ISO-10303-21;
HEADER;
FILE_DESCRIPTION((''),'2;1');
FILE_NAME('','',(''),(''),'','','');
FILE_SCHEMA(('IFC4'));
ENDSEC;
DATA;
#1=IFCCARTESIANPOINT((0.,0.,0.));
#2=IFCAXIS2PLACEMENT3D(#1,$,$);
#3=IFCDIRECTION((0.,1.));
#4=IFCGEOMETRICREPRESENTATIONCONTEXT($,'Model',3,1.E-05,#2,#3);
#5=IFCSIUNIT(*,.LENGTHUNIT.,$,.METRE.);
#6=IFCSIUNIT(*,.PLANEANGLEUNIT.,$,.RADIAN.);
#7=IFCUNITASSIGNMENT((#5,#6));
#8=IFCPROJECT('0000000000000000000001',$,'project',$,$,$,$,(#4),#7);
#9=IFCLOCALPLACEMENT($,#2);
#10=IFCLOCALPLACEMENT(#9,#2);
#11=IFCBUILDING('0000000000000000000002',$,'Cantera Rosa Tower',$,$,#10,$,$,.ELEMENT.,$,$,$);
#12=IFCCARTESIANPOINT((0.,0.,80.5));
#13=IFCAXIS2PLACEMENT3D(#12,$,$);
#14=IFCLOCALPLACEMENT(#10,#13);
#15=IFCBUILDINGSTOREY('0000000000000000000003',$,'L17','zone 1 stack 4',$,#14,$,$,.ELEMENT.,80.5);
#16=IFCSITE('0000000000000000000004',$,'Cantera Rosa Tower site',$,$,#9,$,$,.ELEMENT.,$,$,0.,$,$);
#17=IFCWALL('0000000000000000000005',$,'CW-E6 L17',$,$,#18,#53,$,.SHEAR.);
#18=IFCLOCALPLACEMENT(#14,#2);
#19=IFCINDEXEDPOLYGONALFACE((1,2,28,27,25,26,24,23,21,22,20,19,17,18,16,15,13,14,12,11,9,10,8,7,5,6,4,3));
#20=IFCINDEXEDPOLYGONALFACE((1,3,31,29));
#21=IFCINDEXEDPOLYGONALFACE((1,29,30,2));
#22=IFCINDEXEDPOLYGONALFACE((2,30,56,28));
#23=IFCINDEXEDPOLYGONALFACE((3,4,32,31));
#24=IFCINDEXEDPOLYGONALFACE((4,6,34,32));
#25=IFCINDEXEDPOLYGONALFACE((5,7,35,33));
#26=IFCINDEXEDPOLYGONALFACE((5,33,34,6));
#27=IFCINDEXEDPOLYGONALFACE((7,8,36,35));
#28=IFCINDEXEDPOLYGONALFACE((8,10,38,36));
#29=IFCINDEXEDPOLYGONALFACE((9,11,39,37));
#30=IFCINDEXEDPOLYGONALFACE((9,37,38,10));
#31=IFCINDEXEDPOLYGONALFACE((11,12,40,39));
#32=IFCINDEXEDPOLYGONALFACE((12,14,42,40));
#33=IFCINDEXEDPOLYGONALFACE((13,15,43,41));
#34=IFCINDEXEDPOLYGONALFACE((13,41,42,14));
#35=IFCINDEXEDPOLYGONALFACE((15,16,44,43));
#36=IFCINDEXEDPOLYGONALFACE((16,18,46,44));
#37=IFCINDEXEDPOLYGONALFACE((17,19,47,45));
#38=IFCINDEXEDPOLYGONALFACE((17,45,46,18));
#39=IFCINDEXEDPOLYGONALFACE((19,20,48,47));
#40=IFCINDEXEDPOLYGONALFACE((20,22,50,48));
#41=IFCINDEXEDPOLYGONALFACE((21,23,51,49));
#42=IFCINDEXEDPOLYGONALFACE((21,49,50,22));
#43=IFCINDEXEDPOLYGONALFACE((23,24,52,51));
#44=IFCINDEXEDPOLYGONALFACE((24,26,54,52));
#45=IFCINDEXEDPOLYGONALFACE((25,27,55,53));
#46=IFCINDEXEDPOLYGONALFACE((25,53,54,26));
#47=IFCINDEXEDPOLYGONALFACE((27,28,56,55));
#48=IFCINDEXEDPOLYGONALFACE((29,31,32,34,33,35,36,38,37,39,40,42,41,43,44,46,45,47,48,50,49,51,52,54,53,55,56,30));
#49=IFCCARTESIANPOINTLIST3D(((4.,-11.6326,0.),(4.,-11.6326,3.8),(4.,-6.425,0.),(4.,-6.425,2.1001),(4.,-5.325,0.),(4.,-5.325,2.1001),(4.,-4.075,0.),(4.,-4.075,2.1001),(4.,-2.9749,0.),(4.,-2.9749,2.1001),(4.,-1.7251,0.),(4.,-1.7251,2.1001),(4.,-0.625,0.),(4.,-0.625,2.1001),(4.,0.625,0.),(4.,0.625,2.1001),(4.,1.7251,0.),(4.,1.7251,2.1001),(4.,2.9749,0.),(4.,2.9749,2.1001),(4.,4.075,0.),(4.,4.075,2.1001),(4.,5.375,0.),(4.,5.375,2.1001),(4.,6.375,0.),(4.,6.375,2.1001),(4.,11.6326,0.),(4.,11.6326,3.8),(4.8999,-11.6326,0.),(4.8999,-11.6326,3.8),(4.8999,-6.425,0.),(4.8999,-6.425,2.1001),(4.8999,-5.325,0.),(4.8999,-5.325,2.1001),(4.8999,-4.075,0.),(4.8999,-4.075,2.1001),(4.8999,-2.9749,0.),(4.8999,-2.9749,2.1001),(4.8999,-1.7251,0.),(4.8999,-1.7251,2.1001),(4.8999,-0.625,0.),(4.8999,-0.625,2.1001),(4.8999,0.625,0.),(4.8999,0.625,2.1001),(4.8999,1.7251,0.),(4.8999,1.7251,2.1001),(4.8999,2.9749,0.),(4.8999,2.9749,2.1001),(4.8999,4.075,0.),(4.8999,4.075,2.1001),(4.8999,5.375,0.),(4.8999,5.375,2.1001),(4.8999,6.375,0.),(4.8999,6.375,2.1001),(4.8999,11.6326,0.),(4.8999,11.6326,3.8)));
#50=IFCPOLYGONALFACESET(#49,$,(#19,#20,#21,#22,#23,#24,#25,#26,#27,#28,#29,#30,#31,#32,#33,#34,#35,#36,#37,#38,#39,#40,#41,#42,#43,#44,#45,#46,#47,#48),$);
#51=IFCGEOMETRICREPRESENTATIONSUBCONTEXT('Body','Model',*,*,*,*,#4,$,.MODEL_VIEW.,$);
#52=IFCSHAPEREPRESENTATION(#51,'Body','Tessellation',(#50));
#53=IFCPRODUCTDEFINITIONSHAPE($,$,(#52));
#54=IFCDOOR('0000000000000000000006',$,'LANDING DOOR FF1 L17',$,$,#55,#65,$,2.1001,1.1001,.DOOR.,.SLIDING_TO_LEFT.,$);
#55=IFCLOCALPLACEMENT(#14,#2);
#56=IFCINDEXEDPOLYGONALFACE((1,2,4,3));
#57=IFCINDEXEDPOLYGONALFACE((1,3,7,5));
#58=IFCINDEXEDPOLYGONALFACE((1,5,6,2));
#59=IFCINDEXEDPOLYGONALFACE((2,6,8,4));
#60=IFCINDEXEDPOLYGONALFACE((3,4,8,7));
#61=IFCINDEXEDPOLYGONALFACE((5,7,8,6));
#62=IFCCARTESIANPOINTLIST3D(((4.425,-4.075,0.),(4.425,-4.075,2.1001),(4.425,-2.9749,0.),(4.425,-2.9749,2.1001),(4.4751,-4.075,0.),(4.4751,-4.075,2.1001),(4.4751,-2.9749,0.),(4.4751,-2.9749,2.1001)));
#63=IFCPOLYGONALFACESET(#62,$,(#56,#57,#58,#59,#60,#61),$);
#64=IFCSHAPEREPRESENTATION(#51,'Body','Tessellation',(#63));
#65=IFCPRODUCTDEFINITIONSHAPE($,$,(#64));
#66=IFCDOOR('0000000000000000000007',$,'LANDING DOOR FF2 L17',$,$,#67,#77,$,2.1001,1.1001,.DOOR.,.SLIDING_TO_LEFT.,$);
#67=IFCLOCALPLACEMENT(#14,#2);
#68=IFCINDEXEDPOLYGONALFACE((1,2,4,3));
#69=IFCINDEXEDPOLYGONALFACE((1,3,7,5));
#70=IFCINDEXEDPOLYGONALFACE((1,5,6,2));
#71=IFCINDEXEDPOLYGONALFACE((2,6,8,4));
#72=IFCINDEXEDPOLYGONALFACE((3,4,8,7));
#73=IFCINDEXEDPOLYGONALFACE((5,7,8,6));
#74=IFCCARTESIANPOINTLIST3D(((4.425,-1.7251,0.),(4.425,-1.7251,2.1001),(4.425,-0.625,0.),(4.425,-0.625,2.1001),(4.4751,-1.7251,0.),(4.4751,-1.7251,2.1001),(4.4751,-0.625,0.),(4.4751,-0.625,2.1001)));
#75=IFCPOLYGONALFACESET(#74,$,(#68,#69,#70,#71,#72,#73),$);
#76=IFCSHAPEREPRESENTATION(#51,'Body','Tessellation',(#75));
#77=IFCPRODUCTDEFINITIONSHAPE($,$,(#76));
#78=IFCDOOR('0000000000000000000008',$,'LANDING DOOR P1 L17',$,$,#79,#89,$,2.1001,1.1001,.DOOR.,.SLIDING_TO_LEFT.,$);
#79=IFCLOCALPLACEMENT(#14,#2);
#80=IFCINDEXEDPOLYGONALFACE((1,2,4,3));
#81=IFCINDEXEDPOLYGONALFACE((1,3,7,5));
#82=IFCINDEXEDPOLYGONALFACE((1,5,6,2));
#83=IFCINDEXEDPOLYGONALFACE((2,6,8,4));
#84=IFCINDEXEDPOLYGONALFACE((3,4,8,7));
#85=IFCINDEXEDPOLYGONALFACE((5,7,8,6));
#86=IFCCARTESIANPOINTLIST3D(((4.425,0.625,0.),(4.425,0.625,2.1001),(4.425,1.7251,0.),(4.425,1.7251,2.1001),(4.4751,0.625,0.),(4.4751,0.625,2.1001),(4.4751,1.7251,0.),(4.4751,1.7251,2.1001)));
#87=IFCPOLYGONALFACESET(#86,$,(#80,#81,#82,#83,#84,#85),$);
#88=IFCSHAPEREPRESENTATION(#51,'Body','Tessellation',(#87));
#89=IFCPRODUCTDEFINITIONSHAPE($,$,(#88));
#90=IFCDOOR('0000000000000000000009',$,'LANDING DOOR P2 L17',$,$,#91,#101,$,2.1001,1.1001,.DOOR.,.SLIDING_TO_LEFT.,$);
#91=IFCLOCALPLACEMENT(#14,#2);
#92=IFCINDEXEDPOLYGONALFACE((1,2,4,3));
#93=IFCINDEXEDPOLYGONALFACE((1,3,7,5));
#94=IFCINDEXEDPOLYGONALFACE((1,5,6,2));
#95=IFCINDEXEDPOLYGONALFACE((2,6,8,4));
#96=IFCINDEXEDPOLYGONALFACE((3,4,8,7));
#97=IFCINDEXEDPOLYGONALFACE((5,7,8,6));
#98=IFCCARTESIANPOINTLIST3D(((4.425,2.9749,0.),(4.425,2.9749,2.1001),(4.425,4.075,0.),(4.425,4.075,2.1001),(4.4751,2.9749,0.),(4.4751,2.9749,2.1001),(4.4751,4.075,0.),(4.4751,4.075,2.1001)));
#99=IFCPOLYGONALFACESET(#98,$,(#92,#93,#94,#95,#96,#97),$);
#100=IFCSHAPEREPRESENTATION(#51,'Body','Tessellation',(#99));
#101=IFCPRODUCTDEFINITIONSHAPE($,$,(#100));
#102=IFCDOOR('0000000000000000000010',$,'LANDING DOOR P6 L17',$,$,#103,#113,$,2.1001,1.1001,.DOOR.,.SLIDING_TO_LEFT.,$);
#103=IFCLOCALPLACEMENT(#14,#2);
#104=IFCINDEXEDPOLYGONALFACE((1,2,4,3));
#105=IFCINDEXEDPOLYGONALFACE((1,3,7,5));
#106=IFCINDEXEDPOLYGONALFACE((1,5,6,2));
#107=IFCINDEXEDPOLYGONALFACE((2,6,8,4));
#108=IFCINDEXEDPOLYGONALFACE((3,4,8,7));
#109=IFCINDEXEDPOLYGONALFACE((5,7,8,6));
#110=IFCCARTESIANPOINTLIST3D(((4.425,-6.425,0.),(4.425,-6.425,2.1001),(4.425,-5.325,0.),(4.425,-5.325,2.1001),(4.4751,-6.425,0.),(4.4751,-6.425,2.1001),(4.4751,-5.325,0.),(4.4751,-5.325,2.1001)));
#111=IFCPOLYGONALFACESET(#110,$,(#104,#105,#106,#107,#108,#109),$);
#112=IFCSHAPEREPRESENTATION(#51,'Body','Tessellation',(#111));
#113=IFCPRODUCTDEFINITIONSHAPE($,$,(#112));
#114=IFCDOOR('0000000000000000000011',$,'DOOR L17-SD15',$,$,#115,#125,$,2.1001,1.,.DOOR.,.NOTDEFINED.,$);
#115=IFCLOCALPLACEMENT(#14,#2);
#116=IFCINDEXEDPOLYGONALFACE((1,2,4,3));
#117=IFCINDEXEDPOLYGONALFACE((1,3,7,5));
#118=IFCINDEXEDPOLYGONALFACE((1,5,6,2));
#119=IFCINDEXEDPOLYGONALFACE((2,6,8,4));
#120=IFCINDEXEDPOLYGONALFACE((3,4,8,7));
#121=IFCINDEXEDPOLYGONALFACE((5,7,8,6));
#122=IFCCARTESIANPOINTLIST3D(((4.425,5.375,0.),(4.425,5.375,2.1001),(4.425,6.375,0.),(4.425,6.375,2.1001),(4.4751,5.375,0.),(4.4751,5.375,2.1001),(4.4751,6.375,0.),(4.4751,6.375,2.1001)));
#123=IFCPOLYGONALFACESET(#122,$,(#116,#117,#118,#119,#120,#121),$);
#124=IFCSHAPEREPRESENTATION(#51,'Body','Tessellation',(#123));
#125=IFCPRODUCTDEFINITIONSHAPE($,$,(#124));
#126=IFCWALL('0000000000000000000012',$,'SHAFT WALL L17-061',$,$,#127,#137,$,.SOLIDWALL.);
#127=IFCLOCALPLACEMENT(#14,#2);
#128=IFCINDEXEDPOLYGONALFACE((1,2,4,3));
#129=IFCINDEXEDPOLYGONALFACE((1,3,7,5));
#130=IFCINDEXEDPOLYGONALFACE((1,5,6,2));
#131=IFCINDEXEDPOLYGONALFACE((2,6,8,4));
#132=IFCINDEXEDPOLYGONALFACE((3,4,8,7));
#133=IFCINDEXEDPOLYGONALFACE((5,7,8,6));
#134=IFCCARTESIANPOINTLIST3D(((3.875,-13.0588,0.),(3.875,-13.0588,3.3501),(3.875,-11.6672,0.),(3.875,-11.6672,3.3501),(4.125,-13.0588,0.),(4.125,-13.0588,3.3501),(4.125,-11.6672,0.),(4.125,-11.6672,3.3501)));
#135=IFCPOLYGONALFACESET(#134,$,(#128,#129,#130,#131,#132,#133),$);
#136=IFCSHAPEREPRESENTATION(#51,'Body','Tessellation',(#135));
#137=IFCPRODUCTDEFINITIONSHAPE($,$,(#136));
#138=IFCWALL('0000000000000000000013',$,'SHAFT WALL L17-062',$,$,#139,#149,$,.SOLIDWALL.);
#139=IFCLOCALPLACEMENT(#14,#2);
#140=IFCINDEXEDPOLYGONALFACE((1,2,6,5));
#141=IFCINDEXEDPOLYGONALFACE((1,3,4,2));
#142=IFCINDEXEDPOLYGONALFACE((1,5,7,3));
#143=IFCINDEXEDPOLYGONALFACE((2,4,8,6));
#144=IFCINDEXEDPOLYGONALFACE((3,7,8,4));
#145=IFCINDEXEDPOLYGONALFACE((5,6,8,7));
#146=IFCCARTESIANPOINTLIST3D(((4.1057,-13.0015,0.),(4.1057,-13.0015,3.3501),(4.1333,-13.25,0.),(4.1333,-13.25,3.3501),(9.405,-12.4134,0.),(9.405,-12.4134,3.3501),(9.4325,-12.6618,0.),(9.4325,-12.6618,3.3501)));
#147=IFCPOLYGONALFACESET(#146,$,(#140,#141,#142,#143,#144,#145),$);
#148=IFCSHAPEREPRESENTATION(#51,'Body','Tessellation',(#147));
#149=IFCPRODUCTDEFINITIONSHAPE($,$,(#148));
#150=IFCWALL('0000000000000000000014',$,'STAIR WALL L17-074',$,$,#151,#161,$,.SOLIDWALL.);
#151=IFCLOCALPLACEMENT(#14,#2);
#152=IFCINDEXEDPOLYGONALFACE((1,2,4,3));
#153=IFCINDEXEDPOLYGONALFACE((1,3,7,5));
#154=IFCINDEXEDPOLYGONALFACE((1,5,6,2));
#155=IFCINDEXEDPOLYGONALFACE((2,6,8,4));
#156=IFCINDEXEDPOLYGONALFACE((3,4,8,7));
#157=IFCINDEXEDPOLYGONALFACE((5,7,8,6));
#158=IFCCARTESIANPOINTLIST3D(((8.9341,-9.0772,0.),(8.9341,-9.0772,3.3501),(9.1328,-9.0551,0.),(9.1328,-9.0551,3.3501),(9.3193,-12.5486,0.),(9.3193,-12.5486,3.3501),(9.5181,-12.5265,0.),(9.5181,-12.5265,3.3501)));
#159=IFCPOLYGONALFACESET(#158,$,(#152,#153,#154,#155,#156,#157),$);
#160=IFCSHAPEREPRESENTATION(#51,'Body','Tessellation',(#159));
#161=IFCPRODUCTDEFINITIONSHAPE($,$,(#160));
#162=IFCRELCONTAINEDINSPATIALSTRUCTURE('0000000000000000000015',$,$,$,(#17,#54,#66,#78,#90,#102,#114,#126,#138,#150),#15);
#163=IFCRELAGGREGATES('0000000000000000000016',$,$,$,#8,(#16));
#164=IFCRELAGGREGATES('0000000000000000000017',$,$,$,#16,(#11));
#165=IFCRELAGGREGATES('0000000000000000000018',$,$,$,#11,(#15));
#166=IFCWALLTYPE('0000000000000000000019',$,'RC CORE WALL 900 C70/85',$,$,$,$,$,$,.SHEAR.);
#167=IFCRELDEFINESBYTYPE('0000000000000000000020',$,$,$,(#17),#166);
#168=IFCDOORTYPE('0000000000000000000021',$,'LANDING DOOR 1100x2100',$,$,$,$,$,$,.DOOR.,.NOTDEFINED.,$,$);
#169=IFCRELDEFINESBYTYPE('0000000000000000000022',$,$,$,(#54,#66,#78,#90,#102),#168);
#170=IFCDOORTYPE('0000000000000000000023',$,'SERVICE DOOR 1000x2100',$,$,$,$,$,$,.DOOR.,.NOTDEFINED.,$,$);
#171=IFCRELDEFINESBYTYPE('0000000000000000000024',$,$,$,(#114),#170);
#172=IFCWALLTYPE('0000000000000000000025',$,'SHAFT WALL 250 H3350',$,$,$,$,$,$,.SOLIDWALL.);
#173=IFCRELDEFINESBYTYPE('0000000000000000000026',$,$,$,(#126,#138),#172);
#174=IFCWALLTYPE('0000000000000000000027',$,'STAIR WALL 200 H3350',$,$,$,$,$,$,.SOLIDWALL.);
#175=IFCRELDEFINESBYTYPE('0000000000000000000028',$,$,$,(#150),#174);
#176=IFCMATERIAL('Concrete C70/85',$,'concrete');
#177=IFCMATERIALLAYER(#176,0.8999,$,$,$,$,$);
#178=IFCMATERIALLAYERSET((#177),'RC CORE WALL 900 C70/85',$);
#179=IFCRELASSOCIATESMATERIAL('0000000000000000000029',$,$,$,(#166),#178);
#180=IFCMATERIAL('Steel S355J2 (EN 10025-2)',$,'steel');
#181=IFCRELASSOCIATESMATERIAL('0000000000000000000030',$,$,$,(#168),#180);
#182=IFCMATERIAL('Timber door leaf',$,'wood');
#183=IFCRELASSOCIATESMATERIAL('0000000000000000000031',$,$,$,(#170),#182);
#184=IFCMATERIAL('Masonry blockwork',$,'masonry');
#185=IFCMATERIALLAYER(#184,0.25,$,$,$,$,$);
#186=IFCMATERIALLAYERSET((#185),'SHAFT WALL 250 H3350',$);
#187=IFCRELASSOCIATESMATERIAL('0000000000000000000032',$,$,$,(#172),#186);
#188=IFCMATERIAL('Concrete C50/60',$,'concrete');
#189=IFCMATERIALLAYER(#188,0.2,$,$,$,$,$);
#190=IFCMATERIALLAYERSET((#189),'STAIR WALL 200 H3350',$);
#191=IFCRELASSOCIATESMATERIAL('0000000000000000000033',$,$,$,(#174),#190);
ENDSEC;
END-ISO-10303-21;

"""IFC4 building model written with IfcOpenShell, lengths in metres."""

from ifc_helpers import new_model, si_unit, direction, frame, frame_2d, origin, place, context, subcontext, project, spatial, rectangle, extrude, material, layer, layer_set, type_object, element, fill, save


model = new_model("IFC4")

# Units and contexts
model_context = context("Model", 3, precision=1e-05, world=origin(), true_north=direction((0.0, 1.0)))
body_context = subcontext(model_context, "Body", "Model", "MODEL_VIEW")
ifc_project = project(units=[si_unit("LENGTHUNIT", "METRE"), si_unit("PLANEANGLEUNIT", "RADIAN")], contexts=[model_context])

# Site, building, storey
site_placement = place(None, origin())
site = spatial("IfcSite", under=ifc_project, at=site_placement, Name="Cantera Rosa Tower site", CompositionType="ELEMENT", RefElevation=0.0)
building_placement = place(site_placement, origin())
building = spatial("IfcBuilding", under=site, at=building_placement, Name="Cantera Rosa Tower", CompositionType="ELEMENT")
storey_placement = place(building_placement, frame((0.0, 0.0, 80.5)))
storey = spatial("IfcBuildingStorey", under=building, at=storey_placement, Name="L17", Description="zone 1 stack 4", CompositionType="ELEMENT", Elevation=80.5)

# Wall, openings, doors
ifc_material_1 = material(Name="Concrete C70/85", Category="concrete")
ifc_layer_1 = layer(ifc_material_1, 0.8999)
ifc_layer_set_1 = layer_set([ifc_layer_1], Name="RC CORE WALL 900 C70/85")
wall_type_1 = type_object("IfcWallType", Name="RC CORE WALL 900 C70/85", PredefinedType="SHEAR", material=ifc_layer_set_1)
wall_1_placement = place(storey_placement, frame((4.45, -11.6326, 0.0), z_axis=(0.0, 0.0, 1.0), x_axis=(0.0, 1.0, 0.0)))
wall_1 = element("IfcWall", 1, at=wall_1_placement, inside=storey, type_object=wall_type_1, Name="CW-E6 L17", PredefinedType="SHEAR", context=body_context, shape_type="SweptSolid", body=[
    extrude(rectangle(XDim=23.2651, YDim=0.8999, at=frame_2d((11.6326, 0.0))), origin(), (0.0, 0.0, 1.0), 3.8),
])
opening_1_placement = place(wall_1_placement, frame((7.5576, 0.0, 0.0)))
opening_1 = element("IfcOpeningElement", 2, at=opening_1_placement, cuts=wall_1, PredefinedType="OPENING", context=body_context, shape_type="SweptSolid", body=[
    extrude(rectangle(XDim=1.1001, YDim=2.1001, at=frame_2d((0.55, 1.05))), frame((0.0, 0.46, 0.0), z_axis=(0.0, -1.0, 0.0), x_axis=(1.0, 0.0, 0.0)), (0.0, 0.0, 1.0), 0.9199),
])
opening_2_placement = place(wall_1_placement, frame((9.9075, 0.0, 0.0)))
opening_2 = element("IfcOpeningElement", 3, at=opening_2_placement, cuts=wall_1, PredefinedType="OPENING", context=body_context, shape_type="SweptSolid", body=[
    extrude(rectangle(XDim=1.1001, YDim=2.1001, at=frame_2d((0.55, 1.05))), frame((0.0, 0.46, 0.0), z_axis=(0.0, -1.0, 0.0), x_axis=(1.0, 0.0, 0.0)), (0.0, 0.0, 1.0), 0.9199),
])
opening_3_placement = place(wall_1_placement, frame((12.2576, 0.0, 0.0)))
opening_3 = element("IfcOpeningElement", 4, at=opening_3_placement, cuts=wall_1, PredefinedType="OPENING", context=body_context, shape_type="SweptSolid", body=[
    extrude(rectangle(XDim=1.1001, YDim=2.1001, at=frame_2d((0.55, 1.05))), frame((0.0, 0.46, 0.0), z_axis=(0.0, -1.0, 0.0), x_axis=(1.0, 0.0, 0.0)), (0.0, 0.0, 1.0), 0.9199),
])
opening_4_placement = place(wall_1_placement, frame((14.6074, 0.0, 0.0)))
opening_4 = element("IfcOpeningElement", 5, at=opening_4_placement, cuts=wall_1, PredefinedType="OPENING", context=body_context, shape_type="SweptSolid", body=[
    extrude(rectangle(XDim=1.1001, YDim=2.1001, at=frame_2d((0.55, 1.05))), frame((0.0, 0.46, 0.0), z_axis=(0.0, -1.0, 0.0), x_axis=(1.0, 0.0, 0.0)), (0.0, 0.0, 1.0), 0.9199),
])
opening_5_placement = place(wall_1_placement, frame((5.2075, 0.0, 0.0)))
opening_5 = element("IfcOpeningElement", 6, at=opening_5_placement, cuts=wall_1, PredefinedType="OPENING", context=body_context, shape_type="SweptSolid", body=[
    extrude(rectangle(XDim=1.1001, YDim=2.1001, at=frame_2d((0.55, 1.05))), frame((0.0, 0.46, 0.0), z_axis=(0.0, -1.0, 0.0), x_axis=(1.0, 0.0, 0.0)), (0.0, 0.0, 1.0), 0.9199),
])
opening_6_placement = place(wall_1_placement, frame((17.0076, 0.0, 0.0)))
opening_6 = element("IfcOpeningElement", 7, at=opening_6_placement, cuts=wall_1, PredefinedType="OPENING", context=body_context, shape_type="SweptSolid", body=[
    extrude(rectangle(XDim=1.0, YDim=2.1001, at=frame_2d((0.5, 1.05))), frame((0.0, 0.46, 0.0), z_axis=(0.0, -1.0, 0.0), x_axis=(1.0, 0.0, 0.0)), (0.0, 0.0, 1.0), 0.9199),
])
ifc_material_2 = material(Name="Steel S355J2 (EN 10025-2)", Category="steel")
door_type_1 = type_object("IfcDoorType", Name="LANDING DOOR 1100x2100", OperationType="NOTDEFINED", PredefinedType="DOOR", material=ifc_material_2)
door_1_placement = place(opening_1_placement, origin())
door_1 = element("IfcDoor", 8, at=door_1_placement, inside=storey, type_object=door_type_1, Name="LANDING DOOR FF1 L17", OperationType="SLIDING_TO_LEFT", OverallHeight=2.1001, OverallWidth=1.1001, PredefinedType="DOOR", context=body_context, shape_type="SweptSolid", body=[
    extrude(rectangle(XDim=1.1001, YDim=2.1001, at=frame_2d((0.55, 1.05))), frame((0.0, 0.0249, 0.0), z_axis=(0.0, -1.0, 0.0), x_axis=(1.0, 0.0, 0.0)), (0.0, 0.0, 1.0), 0.05),
])
fill(opening_1, door_1)
door_2_placement = place(opening_2_placement, origin())
door_2 = element("IfcDoor", 9, at=door_2_placement, inside=storey, type_object=door_type_1, Name="LANDING DOOR FF2 L17", OperationType="SLIDING_TO_LEFT", OverallHeight=2.1001, OverallWidth=1.1001, PredefinedType="DOOR", context=body_context, shape_type="SweptSolid", body=[
    extrude(rectangle(XDim=1.1001, YDim=2.1001, at=frame_2d((0.55, 1.05))), frame((0.0, 0.0249, 0.0), z_axis=(0.0, -1.0, 0.0), x_axis=(1.0, 0.0, 0.0)), (0.0, 0.0, 1.0), 0.05),
])
fill(opening_2, door_2)
door_3_placement = place(opening_3_placement, origin())
door_3 = element("IfcDoor", 10, at=door_3_placement, inside=storey, type_object=door_type_1, Name="LANDING DOOR P1 L17", OperationType="SLIDING_TO_LEFT", OverallHeight=2.1001, OverallWidth=1.1001, PredefinedType="DOOR", context=body_context, shape_type="SweptSolid", body=[
    extrude(rectangle(XDim=1.1001, YDim=2.1001, at=frame_2d((0.55, 1.05))), frame((0.0, 0.0249, 0.0), z_axis=(0.0, -1.0, 0.0), x_axis=(1.0, 0.0, 0.0)), (0.0, 0.0, 1.0), 0.05),
])
fill(opening_3, door_3)
door_4_placement = place(opening_4_placement, origin())
door_4 = element("IfcDoor", 11, at=door_4_placement, inside=storey, type_object=door_type_1, Name="LANDING DOOR P2 L17", OperationType="SLIDING_TO_LEFT", OverallHeight=2.1001, OverallWidth=1.1001, PredefinedType="DOOR", context=body_context, shape_type="SweptSolid", body=[
    extrude(rectangle(XDim=1.1001, YDim=2.1001, at=frame_2d((0.55, 1.05))), frame((0.0, 0.0249, 0.0), z_axis=(0.0, -1.0, 0.0), x_axis=(1.0, 0.0, 0.0)), (0.0, 0.0, 1.0), 0.05),
])
fill(opening_4, door_4)
door_5_placement = place(opening_5_placement, origin())
door_5 = element("IfcDoor", 12, at=door_5_placement, inside=storey, type_object=door_type_1, Name="LANDING DOOR P6 L17", OperationType="SLIDING_TO_LEFT", OverallHeight=2.1001, OverallWidth=1.1001, PredefinedType="DOOR", context=body_context, shape_type="SweptSolid", body=[
    extrude(rectangle(XDim=1.1001, YDim=2.1001, at=frame_2d((0.55, 1.05))), frame((0.0, 0.0249, 0.0), z_axis=(0.0, -1.0, 0.0), x_axis=(1.0, 0.0, 0.0)), (0.0, 0.0, 1.0), 0.05),
])
fill(opening_5, door_5)
ifc_material_3 = material(Name="Timber door leaf", Category="wood")
door_type_2 = type_object("IfcDoorType", Name="SERVICE DOOR 1000x2100", OperationType="NOTDEFINED", PredefinedType="DOOR", material=ifc_material_3)
door_6_placement = place(opening_6_placement, origin())
door_6 = element("IfcDoor", 13, at=door_6_placement, inside=storey, type_object=door_type_2, Name="DOOR L17-SD15", OperationType="NOTDEFINED", OverallHeight=2.1001, OverallWidth=1.0, PredefinedType="DOOR", context=body_context, shape_type="SweptSolid", body=[
    extrude(rectangle(XDim=1.0, YDim=2.1001, at=frame_2d((0.5, 1.05))), frame((0.0, 0.0249, 0.0), z_axis=(0.0, -1.0, 0.0), x_axis=(1.0, 0.0, 0.0)), (0.0, 0.0, 1.0), 0.05),
])
fill(opening_6, door_6)

# Walls
ifc_material_4 = material(Name="Masonry blockwork", Category="masonry")
ifc_layer_2 = layer(ifc_material_4, 0.25)
ifc_layer_set_2 = layer_set([ifc_layer_2], Name="SHAFT WALL 250 H3350")
wall_type_2 = type_object("IfcWallType", Name="SHAFT WALL 250 H3350", PredefinedType="SOLIDWALL", material=ifc_layer_set_2)
wall_2_placement = place(storey_placement, frame((4.0, -13.0588, 0.0), z_axis=(0.0, 0.0, 1.0), x_axis=(0.0, 1.0, 0.0)))
element("IfcWall", 14, at=wall_2_placement, inside=storey, type_object=wall_type_2, Name="SHAFT WALL L17-061", PredefinedType="SOLIDWALL", context=body_context, shape_type="SweptSolid", body=[
    extrude(rectangle(XDim=1.3916, YDim=0.25, at=frame_2d((0.6958, 0.0))), origin(), (0.0, 0.0, 1.0), 3.3501),
])
wall_3_placement = place(storey_placement, frame((4.1194, -13.1257, 0.0), z_axis=(0.0, 0.0, 1.0), x_axis=(0.993898, 0.110306, 0.0)))
element("IfcWall", 15, at=wall_3_placement, inside=storey, type_object=wall_type_2, Name="SHAFT WALL L17-062", PredefinedType="SOLIDWALL", context=body_context, shape_type="SweptSolid", body=[
    extrude(rectangle(XDim=5.3318, YDim=0.25, at=frame_2d((2.666, 0.0))), origin(), (0.0, 0.0, 1.0), 3.3501),
])
ifc_material_5 = material(Name="Concrete C50/60", Category="concrete")
ifc_layer_3 = layer(ifc_material_5, 0.2)
ifc_layer_set_3 = layer_set([ifc_layer_3], Name="STAIR WALL 200 H3350")
wall_type_3 = type_object("IfcWallType", Name="STAIR WALL 200 H3350", PredefinedType="SOLIDWALL", material=ifc_layer_set_3)
wall_4_placement = place(storey_placement, frame((9.0334, -9.0662, 0.0), z_axis=(0.0, 0.0, 1.0), x_axis=(0.110301, -0.993898, 0.0)))
element("IfcWall", 16, at=wall_4_placement, inside=storey, type_object=wall_type_3, Name="STAIR WALL L17-074", PredefinedType="SOLIDWALL", context=body_context, shape_type="SweptSolid", body=[
    extrude(rectangle(XDim=3.4927, YDim=0.2, at=frame_2d((1.7463, 0.0))), origin(), (0.0, 0.0, 1.0), 3.3501),
])

save(model, "model.ifc")
